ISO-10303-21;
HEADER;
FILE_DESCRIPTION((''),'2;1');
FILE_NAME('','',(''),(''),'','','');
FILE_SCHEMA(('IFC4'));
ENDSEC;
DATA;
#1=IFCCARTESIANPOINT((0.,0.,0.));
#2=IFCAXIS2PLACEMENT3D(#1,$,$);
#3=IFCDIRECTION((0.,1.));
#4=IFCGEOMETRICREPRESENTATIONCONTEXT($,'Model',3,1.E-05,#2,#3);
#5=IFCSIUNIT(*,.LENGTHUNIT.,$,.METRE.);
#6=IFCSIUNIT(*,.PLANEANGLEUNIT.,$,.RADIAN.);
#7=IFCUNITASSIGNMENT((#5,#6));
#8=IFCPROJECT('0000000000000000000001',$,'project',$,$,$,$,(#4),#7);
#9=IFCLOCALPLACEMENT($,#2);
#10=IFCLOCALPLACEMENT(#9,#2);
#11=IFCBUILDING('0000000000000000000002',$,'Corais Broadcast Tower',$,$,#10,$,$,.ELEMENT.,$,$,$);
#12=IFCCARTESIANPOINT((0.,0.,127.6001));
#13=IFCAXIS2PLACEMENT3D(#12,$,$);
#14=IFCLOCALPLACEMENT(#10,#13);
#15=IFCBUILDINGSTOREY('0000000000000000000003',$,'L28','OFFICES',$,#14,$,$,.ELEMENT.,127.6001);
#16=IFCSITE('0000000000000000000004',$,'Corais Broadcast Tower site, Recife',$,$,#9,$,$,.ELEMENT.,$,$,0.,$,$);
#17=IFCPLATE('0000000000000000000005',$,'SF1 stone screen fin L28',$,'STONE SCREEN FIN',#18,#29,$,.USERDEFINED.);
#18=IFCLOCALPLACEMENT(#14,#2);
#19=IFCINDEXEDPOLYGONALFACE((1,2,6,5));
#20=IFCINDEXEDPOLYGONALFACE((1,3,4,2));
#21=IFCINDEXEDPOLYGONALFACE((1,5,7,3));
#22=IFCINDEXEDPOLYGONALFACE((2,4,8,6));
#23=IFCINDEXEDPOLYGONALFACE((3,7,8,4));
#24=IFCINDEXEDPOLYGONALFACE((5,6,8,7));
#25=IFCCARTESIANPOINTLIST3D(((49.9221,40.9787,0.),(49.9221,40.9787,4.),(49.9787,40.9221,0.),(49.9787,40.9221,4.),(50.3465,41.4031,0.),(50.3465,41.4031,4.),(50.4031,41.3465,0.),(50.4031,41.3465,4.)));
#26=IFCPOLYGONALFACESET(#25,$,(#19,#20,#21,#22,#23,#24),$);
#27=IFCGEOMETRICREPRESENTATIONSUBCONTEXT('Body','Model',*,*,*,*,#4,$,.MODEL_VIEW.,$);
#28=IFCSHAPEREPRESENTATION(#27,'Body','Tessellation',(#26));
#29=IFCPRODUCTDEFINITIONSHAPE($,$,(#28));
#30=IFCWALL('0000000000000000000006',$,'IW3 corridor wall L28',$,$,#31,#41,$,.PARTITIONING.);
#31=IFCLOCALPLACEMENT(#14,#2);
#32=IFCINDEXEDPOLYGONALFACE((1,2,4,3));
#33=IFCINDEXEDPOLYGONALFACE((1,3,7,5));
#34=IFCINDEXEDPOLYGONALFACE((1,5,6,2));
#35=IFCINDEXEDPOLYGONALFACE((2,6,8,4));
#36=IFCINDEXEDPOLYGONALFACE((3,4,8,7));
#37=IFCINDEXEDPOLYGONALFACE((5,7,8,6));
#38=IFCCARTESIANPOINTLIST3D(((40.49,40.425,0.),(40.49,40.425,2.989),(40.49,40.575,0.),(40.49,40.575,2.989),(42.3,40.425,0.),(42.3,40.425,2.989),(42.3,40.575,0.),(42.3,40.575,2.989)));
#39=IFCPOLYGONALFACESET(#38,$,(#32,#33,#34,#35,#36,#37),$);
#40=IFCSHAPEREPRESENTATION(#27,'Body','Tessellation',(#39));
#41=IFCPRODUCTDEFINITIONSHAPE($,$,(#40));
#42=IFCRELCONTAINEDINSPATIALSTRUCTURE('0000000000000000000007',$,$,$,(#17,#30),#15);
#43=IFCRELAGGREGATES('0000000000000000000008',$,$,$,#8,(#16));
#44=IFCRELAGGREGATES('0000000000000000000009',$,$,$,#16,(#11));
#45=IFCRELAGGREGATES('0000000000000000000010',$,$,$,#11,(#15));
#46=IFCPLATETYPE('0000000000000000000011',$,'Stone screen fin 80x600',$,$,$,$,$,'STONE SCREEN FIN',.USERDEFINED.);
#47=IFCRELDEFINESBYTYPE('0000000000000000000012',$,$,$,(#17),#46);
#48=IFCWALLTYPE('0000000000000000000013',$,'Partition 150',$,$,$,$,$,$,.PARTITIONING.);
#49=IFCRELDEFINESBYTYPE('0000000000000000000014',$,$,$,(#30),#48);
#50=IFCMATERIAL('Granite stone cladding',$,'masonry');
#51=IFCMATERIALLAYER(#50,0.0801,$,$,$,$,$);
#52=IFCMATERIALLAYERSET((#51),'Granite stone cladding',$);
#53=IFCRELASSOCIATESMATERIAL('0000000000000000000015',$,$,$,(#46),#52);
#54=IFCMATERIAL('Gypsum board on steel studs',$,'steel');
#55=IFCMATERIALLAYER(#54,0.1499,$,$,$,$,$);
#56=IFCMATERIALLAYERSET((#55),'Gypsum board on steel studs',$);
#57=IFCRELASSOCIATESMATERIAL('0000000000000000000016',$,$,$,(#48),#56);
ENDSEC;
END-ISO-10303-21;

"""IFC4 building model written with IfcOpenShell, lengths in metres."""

from ifc_helpers import new_model, si_unit, direction, frame, frame_2d, origin, origin_2d, place, context, subcontext, project, spatial, rectangle, extrude, material, layer, layer_set, type_object, element, save


model = new_model("IFC4")

# Units and contexts
model_context = context("Model", 3, precision=1e-05, world=origin(), true_north=direction((0.0, 1.0)))
body_context = subcontext(model_context, "Body", "Model", "MODEL_VIEW")
ifc_project = project(units=[si_unit("LENGTHUNIT", "METRE"), si_unit("PLANEANGLEUNIT", "RADIAN")], contexts=[model_context])

# Site, building, storey
site_placement = place(None, origin())
site = spatial("IfcSite", under=ifc_project, at=site_placement, Name="Corais Broadcast Tower site, Recife", CompositionType="ELEMENT", RefElevation=0.0)
building_placement = place(site_placement, origin())
building = spatial("IfcBuilding", under=site, at=building_placement, Name="Corais Broadcast Tower", CompositionType="ELEMENT")
storey_placement = place(building_placement, frame((0.0, 0.0, 127.6001)))
storey = spatial("IfcBuildingStorey", under=building, at=storey_placement, Name="L28", Description="OFFICES", CompositionType="ELEMENT", Elevation=127.6001)

# Plate
ifc_material_1 = material(Name="Granite stone cladding", Category="masonry")
ifc_layer_1 = layer(ifc_material_1, 0.0801)
ifc_layer_set_1 = layer_set([ifc_layer_1], Name="Granite stone cladding")
plate_type_1 = type_object("IfcPlateType", Name="Stone screen fin 80x600", ElementType="STONE SCREEN FIN", PredefinedType="USERDEFINED", material=ifc_layer_set_1)
for number, where, z_axis, x_axis, name in (
    (1, (50.1626, 41.1626, 0.0), (0.0, 0.0, 1.0), (0.707107, -0.707107, 0.0), "SF1 stone screen fin L28"),
):
    element("IfcPlate", number, at=place(storey_placement, frame(where, z_axis=z_axis, x_axis=x_axis)), inside=storey, type_object=plate_type_1, Name=name, ObjectType="STONE SCREEN FIN", PredefinedType="USERDEFINED", context=body_context, shape_type="SweptSolid", body=[
        extrude(rectangle(XDim=0.0801, YDim=0.6001, at=origin_2d()), origin(), (0.0, 0.0, 1.0), 4.0),
    ])

# Wall
ifc_material_2 = material(Name="Gypsum board on steel studs", Category="steel")
ifc_layer_2 = layer(ifc_material_2, 0.1499)
ifc_layer_set_2 = layer_set([ifc_layer_2], Name="Gypsum board on steel studs")
wall_type = type_object("IfcWallType", Name="Partition 150", PredefinedType="PARTITIONING", material=ifc_layer_set_2)
wall_placement = place(storey_placement, frame((42.3, 40.5, 0.0), z_axis=(0.0, 0.0, 1.0), x_axis=(-1.0, 0.0, 0.0)))
element("IfcWall", 2, at=wall_placement, inside=storey, type_object=wall_type, Name="IW3 corridor wall L28", PredefinedType="PARTITIONING", context=body_context, shape_type="SweptSolid", body=[
    extrude(rectangle(XDim=1.8101, YDim=0.1499, at=frame_2d((0.905, 0.0))), origin(), (0.0, 0.0, 1.0), 2.989),
])

save(model, "model.ifc")
